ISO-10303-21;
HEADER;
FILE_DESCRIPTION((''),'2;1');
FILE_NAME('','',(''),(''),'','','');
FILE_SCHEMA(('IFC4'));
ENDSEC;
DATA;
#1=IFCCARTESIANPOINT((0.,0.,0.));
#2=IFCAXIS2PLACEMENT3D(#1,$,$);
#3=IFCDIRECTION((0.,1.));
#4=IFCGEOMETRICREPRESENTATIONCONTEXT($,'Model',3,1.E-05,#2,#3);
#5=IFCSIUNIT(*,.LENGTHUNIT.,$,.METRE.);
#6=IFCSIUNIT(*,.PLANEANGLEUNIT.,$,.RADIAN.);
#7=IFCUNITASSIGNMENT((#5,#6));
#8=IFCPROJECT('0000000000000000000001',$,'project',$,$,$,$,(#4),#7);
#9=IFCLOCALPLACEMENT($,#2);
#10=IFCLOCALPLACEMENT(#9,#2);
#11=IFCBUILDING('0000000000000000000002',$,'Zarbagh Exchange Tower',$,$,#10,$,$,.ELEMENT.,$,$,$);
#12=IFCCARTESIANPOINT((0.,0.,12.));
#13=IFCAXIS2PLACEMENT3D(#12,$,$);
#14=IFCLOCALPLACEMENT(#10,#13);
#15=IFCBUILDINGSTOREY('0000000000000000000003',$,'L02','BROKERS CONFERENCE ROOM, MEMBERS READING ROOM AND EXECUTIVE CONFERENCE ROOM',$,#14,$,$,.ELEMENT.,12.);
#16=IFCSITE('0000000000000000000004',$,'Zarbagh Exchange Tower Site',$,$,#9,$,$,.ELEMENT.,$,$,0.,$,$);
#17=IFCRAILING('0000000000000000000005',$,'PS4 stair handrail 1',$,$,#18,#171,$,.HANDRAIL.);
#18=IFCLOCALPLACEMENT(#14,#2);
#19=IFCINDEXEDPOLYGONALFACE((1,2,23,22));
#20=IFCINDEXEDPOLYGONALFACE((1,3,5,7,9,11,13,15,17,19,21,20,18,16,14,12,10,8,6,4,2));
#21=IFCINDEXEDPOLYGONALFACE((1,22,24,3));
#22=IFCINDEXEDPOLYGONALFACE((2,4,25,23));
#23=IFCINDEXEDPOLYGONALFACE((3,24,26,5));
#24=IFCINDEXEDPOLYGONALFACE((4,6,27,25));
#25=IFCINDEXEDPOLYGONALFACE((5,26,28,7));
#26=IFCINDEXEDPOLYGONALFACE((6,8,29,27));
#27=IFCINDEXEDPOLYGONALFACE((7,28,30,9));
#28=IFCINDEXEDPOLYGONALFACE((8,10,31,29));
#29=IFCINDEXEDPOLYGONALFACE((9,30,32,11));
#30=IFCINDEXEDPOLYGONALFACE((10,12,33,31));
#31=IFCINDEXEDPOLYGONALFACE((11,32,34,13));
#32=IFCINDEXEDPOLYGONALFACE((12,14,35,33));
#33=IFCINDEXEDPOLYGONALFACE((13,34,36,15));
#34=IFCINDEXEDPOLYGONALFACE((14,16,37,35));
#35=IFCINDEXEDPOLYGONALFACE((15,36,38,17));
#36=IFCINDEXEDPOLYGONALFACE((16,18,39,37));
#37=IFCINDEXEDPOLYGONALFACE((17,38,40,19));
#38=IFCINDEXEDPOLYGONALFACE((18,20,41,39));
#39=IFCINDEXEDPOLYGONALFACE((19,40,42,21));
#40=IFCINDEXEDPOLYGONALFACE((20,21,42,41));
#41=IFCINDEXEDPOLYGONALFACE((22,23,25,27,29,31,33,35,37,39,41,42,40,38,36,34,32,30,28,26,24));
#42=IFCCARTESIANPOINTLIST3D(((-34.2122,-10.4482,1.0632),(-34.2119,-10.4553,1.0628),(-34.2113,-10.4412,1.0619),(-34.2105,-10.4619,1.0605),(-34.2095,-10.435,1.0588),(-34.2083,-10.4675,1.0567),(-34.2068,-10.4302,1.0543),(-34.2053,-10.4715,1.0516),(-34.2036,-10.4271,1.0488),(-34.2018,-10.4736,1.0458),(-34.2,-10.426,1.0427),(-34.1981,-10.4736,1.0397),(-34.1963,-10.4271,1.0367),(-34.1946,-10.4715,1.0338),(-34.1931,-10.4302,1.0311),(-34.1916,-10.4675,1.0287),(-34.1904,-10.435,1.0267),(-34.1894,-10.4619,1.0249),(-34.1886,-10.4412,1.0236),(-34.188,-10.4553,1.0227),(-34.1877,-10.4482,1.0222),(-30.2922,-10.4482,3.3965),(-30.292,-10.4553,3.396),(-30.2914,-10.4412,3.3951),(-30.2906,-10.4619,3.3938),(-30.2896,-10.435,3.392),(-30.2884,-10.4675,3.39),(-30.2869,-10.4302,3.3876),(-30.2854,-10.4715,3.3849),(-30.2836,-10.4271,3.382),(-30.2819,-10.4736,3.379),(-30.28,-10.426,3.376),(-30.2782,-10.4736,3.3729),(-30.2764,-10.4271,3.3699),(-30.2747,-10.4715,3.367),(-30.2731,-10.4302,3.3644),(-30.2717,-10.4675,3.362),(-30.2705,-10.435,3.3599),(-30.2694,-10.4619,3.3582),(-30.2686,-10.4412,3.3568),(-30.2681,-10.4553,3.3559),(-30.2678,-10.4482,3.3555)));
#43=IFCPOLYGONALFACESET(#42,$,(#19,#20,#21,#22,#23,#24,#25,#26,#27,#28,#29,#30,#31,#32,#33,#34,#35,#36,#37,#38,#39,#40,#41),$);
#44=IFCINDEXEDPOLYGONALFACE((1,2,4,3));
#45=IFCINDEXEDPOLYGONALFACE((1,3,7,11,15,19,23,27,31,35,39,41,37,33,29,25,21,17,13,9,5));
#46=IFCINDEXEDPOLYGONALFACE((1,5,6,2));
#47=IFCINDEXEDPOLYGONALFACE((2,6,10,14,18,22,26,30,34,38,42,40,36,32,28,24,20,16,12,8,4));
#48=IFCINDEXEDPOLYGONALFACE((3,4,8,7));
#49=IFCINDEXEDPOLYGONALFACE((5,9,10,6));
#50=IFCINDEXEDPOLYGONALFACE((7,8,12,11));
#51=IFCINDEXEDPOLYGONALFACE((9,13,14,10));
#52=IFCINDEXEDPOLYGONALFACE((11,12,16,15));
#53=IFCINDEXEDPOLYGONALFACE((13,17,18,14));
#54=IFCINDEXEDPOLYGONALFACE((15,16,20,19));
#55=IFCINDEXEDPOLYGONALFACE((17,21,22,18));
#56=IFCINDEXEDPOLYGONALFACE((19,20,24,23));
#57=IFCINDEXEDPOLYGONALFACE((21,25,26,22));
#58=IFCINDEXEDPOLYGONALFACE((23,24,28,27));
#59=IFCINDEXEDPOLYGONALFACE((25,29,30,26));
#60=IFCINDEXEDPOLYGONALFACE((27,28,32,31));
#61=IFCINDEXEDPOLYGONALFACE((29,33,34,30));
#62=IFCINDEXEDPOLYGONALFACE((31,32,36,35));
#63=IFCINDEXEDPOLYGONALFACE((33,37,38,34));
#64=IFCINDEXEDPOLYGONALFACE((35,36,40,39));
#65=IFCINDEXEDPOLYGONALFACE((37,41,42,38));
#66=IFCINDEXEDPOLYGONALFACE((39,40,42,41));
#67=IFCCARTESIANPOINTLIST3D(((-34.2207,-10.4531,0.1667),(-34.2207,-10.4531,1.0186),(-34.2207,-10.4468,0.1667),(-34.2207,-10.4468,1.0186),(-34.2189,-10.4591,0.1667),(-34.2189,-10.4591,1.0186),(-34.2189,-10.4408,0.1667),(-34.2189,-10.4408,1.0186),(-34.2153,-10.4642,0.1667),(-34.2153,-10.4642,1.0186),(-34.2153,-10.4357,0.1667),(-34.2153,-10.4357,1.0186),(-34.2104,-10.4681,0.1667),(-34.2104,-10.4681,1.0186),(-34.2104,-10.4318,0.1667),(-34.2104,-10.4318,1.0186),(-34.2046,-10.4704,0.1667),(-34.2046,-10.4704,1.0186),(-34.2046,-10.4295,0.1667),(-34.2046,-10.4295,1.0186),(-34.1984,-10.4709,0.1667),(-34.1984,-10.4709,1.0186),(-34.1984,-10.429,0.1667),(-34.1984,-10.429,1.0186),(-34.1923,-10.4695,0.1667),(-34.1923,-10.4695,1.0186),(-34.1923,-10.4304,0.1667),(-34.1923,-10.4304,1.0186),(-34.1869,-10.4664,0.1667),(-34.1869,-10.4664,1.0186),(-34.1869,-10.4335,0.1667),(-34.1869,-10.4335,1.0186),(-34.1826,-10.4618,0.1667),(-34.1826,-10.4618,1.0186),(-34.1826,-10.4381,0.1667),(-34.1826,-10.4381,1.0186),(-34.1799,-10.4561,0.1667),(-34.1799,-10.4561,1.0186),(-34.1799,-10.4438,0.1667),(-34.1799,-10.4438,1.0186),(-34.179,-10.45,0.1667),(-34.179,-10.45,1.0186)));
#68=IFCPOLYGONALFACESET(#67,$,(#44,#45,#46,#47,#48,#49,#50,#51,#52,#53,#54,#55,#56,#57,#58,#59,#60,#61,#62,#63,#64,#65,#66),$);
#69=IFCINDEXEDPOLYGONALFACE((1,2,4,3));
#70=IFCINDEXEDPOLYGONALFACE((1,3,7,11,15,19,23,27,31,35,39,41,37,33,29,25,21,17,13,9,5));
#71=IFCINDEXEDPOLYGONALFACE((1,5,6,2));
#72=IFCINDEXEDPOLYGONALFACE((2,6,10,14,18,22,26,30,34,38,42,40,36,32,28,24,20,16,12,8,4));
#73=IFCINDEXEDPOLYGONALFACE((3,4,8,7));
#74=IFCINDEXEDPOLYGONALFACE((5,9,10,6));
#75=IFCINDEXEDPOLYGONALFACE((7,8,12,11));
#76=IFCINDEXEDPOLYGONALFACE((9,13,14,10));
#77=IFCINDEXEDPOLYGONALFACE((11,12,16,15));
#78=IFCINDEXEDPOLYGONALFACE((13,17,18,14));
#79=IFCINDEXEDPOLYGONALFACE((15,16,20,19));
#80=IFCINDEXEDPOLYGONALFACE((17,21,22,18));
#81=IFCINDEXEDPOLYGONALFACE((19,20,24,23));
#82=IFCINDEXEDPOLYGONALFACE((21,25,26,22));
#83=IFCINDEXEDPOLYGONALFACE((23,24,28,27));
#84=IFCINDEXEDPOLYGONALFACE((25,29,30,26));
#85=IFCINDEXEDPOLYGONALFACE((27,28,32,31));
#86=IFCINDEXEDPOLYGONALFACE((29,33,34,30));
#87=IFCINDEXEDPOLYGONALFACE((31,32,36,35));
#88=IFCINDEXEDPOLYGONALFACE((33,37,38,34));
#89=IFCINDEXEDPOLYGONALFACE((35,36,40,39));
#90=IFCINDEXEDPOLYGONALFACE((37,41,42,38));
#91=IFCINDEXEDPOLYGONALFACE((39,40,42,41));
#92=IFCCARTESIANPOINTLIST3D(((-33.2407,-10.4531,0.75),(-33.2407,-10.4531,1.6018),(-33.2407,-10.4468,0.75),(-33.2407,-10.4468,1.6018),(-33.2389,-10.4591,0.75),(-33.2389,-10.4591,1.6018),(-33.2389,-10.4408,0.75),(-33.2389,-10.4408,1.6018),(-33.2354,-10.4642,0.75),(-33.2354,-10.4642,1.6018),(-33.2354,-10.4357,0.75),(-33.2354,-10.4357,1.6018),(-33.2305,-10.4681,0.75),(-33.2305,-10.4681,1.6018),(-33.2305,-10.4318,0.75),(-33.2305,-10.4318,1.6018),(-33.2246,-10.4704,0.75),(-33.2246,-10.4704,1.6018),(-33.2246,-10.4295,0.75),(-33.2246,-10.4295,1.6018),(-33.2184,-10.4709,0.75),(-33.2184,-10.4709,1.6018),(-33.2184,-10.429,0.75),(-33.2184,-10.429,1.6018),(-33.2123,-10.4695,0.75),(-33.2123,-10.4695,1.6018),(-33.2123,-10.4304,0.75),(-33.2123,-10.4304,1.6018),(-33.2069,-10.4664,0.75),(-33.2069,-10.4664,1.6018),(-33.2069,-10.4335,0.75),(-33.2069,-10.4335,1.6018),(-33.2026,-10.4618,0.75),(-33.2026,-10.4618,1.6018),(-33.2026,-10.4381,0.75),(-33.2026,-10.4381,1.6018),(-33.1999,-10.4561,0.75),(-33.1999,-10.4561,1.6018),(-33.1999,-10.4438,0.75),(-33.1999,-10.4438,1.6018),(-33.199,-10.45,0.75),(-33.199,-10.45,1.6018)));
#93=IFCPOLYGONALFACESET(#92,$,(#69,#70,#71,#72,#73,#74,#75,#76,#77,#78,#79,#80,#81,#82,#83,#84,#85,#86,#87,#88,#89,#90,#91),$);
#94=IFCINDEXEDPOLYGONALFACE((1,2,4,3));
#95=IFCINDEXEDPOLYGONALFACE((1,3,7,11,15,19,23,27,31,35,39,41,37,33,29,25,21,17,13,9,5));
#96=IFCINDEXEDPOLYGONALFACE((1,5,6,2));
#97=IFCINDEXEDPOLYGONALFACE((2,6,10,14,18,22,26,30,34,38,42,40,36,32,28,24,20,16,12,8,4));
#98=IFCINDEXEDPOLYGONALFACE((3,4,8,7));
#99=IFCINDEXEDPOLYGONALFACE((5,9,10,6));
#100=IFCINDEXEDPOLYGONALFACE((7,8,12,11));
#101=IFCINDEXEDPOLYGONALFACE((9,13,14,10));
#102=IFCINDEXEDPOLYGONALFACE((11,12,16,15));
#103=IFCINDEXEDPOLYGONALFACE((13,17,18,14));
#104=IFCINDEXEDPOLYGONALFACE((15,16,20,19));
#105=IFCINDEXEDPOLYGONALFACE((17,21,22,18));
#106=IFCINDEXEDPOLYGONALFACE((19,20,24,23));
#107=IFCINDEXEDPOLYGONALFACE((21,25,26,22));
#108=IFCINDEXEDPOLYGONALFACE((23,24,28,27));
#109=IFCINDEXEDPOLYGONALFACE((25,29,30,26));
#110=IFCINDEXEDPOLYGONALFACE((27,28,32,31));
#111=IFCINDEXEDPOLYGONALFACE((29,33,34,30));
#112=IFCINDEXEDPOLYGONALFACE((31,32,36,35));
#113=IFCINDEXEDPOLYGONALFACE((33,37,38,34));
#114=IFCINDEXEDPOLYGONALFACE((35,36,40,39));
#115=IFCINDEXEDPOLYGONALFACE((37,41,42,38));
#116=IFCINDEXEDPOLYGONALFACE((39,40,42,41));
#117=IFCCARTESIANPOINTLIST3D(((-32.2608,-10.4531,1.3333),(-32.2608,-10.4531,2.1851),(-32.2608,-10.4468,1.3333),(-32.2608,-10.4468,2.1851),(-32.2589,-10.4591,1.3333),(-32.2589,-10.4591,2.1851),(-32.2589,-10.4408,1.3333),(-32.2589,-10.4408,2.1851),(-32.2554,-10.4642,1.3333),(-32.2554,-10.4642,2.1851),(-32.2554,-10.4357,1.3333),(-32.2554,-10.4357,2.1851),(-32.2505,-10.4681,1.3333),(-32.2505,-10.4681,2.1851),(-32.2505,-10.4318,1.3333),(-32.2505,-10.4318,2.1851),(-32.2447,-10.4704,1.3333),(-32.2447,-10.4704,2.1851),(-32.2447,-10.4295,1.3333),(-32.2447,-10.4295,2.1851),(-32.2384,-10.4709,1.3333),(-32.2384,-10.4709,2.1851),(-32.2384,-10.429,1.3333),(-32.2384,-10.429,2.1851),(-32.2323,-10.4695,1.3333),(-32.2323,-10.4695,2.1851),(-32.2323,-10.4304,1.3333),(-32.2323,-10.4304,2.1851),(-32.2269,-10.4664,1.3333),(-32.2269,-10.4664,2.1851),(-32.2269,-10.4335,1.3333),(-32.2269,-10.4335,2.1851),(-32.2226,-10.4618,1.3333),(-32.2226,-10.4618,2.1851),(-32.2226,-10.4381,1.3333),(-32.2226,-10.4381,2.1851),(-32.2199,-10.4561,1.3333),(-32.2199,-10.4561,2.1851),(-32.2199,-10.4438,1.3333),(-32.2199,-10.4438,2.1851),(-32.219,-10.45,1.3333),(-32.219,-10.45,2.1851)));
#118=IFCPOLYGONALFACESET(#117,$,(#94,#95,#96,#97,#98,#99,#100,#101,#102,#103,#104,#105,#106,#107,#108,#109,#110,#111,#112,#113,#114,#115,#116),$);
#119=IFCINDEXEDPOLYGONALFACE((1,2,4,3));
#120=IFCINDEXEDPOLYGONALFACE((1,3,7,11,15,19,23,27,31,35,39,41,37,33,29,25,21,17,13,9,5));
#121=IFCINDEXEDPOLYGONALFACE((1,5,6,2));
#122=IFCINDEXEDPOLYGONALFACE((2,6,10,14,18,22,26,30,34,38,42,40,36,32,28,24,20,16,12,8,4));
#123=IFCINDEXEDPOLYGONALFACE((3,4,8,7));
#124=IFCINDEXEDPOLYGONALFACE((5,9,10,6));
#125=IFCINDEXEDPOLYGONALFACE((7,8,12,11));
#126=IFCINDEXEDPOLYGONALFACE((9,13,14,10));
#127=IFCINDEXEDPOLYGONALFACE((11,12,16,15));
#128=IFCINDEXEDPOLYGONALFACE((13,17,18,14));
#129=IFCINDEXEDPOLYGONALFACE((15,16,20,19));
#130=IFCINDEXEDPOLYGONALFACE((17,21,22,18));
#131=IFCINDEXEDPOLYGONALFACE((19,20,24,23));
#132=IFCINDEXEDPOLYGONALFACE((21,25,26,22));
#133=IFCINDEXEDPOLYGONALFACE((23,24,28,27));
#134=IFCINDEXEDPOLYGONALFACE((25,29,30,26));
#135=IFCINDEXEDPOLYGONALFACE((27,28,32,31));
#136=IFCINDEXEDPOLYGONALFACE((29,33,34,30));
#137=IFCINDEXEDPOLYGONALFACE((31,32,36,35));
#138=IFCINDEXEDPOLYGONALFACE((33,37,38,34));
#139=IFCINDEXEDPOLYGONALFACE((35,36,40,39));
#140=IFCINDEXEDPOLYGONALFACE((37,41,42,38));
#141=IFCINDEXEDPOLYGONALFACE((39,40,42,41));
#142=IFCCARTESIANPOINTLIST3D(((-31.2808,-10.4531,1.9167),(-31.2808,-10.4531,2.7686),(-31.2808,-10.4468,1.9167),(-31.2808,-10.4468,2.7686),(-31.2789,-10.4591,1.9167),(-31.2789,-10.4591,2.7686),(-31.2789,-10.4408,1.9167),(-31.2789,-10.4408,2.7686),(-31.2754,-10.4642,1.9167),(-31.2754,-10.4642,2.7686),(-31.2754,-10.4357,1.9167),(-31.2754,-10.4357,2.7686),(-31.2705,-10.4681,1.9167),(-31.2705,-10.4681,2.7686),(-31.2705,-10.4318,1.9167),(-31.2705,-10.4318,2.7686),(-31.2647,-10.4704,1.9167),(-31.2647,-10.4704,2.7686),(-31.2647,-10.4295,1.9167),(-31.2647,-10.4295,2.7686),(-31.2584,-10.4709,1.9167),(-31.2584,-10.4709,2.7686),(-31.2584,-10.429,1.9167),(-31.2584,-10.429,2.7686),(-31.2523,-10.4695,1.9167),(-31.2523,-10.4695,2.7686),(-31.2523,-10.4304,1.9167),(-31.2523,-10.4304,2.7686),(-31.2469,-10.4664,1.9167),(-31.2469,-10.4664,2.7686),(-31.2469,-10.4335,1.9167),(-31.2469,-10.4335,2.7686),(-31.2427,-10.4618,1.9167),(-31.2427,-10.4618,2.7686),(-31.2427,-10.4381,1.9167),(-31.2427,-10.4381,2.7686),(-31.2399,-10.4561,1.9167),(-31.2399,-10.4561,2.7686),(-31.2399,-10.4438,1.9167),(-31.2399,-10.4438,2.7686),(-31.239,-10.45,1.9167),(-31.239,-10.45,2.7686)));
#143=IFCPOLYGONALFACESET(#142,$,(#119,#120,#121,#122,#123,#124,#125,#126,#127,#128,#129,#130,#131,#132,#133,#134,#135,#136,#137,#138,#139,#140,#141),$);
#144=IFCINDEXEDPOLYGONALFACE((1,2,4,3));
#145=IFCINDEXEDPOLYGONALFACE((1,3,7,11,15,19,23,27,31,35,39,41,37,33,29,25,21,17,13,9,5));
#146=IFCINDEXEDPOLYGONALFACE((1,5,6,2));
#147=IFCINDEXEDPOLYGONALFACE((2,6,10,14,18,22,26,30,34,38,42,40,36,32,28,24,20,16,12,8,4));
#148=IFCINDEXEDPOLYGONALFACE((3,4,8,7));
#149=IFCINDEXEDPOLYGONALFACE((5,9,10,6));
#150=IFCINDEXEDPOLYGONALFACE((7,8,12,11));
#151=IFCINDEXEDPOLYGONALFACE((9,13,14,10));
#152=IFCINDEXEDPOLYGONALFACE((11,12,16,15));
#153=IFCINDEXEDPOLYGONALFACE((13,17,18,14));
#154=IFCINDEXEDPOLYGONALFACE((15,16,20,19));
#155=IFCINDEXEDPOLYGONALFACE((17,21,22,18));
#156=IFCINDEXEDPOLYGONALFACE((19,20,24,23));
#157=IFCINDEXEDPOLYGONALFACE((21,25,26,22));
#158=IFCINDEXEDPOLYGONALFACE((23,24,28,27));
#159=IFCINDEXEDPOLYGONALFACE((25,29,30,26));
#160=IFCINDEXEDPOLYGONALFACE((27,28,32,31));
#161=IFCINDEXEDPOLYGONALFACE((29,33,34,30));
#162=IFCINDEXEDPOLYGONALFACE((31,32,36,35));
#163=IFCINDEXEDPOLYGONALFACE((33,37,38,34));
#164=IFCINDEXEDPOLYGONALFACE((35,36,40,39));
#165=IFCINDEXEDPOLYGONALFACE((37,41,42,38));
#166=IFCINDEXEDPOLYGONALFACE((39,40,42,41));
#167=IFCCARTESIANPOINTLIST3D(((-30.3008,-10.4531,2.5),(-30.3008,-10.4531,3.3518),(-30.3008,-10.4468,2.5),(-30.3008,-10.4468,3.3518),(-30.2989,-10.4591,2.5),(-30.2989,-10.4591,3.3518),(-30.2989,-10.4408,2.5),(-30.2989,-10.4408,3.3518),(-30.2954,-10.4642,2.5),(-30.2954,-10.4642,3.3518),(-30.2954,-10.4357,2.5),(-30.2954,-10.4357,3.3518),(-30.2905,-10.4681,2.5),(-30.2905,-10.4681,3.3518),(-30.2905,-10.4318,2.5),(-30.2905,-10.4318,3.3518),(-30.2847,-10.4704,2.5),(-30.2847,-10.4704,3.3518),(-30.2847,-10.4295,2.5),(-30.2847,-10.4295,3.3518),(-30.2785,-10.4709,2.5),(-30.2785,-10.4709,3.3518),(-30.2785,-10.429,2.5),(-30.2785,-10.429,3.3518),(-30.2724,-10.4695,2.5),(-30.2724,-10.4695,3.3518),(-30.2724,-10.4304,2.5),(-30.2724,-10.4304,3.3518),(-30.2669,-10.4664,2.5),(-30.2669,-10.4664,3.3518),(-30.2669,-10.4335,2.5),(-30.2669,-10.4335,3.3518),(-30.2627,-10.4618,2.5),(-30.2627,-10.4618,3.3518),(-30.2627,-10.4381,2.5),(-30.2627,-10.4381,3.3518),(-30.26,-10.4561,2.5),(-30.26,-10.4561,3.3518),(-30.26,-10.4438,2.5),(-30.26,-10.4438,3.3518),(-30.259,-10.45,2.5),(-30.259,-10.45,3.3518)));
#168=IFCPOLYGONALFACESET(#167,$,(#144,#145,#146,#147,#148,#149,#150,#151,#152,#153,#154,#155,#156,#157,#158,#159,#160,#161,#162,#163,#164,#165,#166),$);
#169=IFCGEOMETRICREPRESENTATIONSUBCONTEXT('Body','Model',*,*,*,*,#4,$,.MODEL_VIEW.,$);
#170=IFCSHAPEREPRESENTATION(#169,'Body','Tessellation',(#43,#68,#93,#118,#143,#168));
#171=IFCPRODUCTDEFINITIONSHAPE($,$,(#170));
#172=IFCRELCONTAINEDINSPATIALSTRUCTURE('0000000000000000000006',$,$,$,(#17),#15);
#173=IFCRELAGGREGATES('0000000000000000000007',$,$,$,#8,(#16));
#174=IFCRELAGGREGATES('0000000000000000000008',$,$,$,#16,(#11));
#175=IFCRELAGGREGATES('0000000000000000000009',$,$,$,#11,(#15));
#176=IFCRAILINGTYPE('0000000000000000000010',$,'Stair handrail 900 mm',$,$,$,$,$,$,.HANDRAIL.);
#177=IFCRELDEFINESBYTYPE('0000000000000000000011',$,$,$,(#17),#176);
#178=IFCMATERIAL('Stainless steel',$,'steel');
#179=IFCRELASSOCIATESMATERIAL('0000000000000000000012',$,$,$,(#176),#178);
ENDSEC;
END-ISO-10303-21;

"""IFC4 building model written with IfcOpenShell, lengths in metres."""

from ifc_helpers import new_model, si_unit, direction, frame, origin, origin_2d, place, context, subcontext, project, spatial, circle, extrude, material, type_object, element, save


model = new_model("IFC4")

# Units and contexts
model_context = context("Model", 3, precision=1e-05, world=origin(), true_north=direction((0.0, 1.0)))
body_context = subcontext(model_context, "Body", "Model", "MODEL_VIEW")
ifc_project = project(units=[si_unit("LENGTHUNIT", "METRE"), si_unit("PLANEANGLEUNIT", "RADIAN")], contexts=[model_context])

# Site, building, storey
site_placement = place(None, origin())
site = spatial("IfcSite", under=ifc_project, at=site_placement, Name="Zarbagh Exchange Tower Site", CompositionType="ELEMENT", RefElevation=0.0)
building_placement = place(site_placement, origin())
building = spatial("IfcBuilding", under=site, at=building_placement, Name="Zarbagh Exchange Tower", CompositionType="ELEMENT")
storey_placement = place(building_placement, frame((0.0, 0.0, 12.0)))
storey = spatial("IfcBuildingStorey", under=building, at=storey_placement, Name="L02", Description="BROKERS CONFERENCE ROOM, MEMBERS READING ROOM AND EXECUTIVE CONFERENCE ROOM", CompositionType="ELEMENT", Elevation=12.0)

# Railing
ifc_material_1 = material(Name="Stainless steel", Category="steel")
railing_type_1 = type_object("IfcRailingType", Name="Stair handrail 900 mm", PredefinedType="HANDRAIL", material=ifc_material_1)
railing_1_placement = place(storey_placement, frame((-34.2, -10.45, 0.1667)))
element("IfcRailing", 1, at=railing_1_placement, inside=storey, type_object=railing_type_1, Name="PS4 stair handrail 1", PredefinedType="HANDRAIL", context=body_context, shape_type="SweptSolid", body=[
    extrude(circle(Radius=0.0239, at=origin_2d()), frame((0.0, 0.0, 0.876), z_axis=(0.859296, 0.0, 0.511478), x_axis=(0.0, 1.0, 0.0)), (0.0, 0.0, 1.0), 4.5618),
    extrude(circle(Radius=0.021, at=origin_2d()), origin(), (0.0, 0.0, 1.0), 0.8518),
    extrude(circle(Radius=0.021, at=origin_2d()), frame((0.98, 0.0, 0.5833)), (0.0, 0.0, 1.0), 0.8518),
    extrude(circle(Radius=0.021, at=origin_2d()), frame((1.96, 0.0, 1.1665)), (0.0, 0.0, 1.0), 0.8518),
    extrude(circle(Radius=0.021, at=origin_2d()), frame((2.9399, 0.0, 1.75)), (0.0, 0.0, 1.0), 0.8518),
    extrude(circle(Radius=0.021, at=origin_2d()), frame((3.9199, 0.0, 2.3333)), (0.0, 0.0, 1.0), 0.8518),
])

save(model, "model.ifc")
